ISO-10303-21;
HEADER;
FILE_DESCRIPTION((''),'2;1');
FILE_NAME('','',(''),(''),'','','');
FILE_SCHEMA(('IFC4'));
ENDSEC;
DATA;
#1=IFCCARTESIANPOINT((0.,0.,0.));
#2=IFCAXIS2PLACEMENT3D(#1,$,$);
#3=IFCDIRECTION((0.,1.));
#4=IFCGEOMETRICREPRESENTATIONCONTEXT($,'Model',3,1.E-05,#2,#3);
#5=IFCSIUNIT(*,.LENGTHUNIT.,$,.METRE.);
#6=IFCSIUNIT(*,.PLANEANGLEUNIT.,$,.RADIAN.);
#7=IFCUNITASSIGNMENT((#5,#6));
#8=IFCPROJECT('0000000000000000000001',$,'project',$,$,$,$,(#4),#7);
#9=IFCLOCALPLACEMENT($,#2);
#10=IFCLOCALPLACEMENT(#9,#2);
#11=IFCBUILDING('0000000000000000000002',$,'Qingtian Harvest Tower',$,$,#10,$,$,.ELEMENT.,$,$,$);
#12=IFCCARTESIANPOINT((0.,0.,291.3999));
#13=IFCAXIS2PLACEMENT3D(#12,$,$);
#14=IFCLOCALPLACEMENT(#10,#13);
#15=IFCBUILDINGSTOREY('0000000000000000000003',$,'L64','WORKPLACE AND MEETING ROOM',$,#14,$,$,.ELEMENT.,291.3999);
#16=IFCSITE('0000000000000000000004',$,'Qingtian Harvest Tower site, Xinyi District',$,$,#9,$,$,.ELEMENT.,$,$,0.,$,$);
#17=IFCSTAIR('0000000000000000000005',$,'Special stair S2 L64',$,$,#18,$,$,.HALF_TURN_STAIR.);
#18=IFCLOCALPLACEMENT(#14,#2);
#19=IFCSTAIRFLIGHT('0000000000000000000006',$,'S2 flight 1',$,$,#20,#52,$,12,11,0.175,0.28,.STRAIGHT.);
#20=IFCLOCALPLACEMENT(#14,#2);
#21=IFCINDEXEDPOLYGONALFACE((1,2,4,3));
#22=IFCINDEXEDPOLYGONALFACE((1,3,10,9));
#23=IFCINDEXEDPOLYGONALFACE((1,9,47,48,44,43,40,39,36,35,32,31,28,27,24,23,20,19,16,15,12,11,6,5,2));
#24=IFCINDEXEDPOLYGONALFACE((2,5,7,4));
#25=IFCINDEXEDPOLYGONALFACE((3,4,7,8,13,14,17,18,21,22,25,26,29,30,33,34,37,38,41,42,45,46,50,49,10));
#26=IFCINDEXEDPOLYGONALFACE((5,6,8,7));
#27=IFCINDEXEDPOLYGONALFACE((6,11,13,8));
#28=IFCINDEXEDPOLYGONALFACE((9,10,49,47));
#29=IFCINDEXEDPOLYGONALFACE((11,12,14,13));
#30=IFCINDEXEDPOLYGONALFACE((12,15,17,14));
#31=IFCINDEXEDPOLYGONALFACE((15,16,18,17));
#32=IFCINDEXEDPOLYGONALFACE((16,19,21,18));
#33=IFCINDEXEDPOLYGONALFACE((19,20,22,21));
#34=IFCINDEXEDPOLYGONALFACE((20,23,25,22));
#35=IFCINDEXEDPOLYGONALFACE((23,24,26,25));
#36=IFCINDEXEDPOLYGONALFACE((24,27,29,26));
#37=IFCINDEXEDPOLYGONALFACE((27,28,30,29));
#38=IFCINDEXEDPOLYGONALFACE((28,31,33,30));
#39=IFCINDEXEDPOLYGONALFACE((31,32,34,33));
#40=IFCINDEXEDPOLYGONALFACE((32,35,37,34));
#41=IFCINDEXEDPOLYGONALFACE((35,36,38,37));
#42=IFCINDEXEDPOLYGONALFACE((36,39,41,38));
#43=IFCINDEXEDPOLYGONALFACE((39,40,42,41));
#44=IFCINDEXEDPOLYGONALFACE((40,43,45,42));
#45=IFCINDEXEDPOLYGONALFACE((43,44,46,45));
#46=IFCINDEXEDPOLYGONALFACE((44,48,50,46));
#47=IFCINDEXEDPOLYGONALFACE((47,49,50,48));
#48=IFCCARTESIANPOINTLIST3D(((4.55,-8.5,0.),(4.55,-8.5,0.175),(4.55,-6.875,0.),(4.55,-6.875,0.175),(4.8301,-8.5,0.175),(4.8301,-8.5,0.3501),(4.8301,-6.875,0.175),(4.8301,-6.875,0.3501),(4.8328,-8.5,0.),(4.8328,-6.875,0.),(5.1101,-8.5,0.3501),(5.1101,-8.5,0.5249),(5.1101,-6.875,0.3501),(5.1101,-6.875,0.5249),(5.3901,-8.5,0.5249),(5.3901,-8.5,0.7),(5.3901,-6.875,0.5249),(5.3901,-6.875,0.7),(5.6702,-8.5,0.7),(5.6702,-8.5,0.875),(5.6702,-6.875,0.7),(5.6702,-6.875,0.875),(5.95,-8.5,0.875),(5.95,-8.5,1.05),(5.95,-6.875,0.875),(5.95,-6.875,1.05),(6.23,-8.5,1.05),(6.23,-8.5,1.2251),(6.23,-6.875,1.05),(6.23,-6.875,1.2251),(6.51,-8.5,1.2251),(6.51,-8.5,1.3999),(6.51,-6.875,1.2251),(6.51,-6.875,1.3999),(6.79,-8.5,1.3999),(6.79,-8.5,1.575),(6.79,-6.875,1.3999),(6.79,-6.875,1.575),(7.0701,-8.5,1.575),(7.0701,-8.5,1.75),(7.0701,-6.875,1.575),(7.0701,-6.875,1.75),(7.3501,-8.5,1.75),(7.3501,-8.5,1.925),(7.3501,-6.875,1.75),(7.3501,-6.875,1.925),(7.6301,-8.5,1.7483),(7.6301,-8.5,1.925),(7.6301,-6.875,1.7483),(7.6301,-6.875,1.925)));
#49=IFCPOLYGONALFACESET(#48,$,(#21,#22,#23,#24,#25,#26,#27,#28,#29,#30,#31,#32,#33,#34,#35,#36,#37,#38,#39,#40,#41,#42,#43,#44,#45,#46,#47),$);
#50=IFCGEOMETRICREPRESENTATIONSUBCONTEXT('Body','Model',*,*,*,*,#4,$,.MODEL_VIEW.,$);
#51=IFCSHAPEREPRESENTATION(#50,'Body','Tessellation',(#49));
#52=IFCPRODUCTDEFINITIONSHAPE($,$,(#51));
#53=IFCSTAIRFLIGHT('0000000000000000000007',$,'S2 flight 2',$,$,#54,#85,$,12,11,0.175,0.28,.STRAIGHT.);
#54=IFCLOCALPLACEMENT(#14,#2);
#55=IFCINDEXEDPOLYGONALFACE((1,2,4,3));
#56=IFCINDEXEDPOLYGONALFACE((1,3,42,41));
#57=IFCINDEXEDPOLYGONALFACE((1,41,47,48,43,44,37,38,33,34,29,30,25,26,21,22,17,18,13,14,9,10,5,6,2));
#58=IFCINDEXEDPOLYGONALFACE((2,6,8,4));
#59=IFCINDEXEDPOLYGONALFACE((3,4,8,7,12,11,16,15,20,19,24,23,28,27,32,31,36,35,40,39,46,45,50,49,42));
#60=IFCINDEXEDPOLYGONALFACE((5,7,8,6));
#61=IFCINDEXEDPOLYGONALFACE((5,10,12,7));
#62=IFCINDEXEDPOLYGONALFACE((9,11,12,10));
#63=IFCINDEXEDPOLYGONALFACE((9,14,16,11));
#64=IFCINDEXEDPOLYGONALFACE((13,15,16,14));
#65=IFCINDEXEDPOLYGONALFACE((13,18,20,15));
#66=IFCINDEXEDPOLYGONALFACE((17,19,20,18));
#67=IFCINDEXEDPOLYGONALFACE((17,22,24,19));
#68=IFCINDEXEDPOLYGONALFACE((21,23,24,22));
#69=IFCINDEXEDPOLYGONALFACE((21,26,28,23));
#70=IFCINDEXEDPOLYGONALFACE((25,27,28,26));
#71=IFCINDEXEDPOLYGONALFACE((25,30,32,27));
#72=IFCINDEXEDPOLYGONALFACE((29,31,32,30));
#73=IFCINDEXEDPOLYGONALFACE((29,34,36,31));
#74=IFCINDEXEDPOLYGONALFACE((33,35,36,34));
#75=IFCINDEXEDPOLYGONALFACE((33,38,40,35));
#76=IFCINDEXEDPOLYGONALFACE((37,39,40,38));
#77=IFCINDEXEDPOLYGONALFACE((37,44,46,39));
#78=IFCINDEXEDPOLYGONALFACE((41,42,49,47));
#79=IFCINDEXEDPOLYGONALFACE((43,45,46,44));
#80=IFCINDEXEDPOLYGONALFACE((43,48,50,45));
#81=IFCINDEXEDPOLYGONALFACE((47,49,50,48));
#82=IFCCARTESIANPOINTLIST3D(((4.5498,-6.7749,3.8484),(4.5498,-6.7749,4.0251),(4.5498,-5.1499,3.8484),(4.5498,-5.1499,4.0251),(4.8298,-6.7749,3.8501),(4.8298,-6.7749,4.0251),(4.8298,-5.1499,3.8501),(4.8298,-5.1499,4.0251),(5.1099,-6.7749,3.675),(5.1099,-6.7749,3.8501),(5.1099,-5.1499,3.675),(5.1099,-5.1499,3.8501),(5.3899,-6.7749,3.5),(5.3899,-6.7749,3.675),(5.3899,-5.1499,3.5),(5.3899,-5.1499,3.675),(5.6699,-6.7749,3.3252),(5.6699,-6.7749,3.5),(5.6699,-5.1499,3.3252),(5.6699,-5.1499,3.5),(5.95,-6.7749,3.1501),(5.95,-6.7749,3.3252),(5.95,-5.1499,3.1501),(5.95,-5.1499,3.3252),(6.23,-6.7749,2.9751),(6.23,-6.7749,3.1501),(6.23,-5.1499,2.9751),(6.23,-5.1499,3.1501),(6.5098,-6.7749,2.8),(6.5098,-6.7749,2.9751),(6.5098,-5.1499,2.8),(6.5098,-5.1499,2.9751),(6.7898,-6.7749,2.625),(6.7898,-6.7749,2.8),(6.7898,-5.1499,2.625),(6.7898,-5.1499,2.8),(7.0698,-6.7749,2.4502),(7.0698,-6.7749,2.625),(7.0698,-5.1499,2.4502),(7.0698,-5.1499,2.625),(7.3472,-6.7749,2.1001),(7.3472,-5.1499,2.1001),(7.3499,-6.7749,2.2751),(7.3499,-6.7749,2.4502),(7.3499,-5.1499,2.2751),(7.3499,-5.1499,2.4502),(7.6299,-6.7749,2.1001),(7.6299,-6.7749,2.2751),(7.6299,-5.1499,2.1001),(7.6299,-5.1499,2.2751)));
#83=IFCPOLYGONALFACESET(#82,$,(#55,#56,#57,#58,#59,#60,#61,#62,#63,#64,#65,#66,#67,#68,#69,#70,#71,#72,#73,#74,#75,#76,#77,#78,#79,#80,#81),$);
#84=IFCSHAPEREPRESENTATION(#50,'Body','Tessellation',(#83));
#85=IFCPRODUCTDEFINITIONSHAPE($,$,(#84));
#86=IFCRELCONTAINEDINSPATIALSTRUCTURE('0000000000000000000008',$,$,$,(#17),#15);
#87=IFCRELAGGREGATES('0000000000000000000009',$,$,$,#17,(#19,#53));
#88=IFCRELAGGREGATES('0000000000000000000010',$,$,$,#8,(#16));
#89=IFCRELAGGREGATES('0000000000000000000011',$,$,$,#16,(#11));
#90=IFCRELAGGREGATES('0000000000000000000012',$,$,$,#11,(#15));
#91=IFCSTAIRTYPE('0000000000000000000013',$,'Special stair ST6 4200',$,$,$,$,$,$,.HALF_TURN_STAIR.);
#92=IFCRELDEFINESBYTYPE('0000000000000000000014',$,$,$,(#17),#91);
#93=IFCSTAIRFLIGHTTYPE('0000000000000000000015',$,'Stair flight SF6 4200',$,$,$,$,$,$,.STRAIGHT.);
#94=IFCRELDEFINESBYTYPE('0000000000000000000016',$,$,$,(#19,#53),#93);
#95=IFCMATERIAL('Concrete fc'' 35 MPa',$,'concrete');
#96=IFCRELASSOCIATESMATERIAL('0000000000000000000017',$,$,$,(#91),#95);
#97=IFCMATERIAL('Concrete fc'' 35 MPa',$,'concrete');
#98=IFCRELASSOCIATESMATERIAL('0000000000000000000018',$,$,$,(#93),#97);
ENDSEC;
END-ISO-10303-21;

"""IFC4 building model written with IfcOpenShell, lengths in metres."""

from ifc_helpers import new_model, si_unit, direction, frame, origin, place, context, subcontext, project, spatial, polyline, outline, extrude, material, type_object, element, aggregate, save


model = new_model("IFC4")

# Units and contexts
model_context = context("Model", 3, precision=1e-05, world=origin(), true_north=direction((0.0, 1.0)))
body_context = subcontext(model_context, "Body", "Model", "MODEL_VIEW")
ifc_project = project(units=[si_unit("LENGTHUNIT", "METRE"), si_unit("PLANEANGLEUNIT", "RADIAN")], contexts=[model_context])

# Site, building, storey
site_placement = place(None, origin())
site = spatial("IfcSite", under=ifc_project, at=site_placement, Name="Qingtian Harvest Tower site, Xinyi District", CompositionType="ELEMENT", RefElevation=0.0)
building_placement = place(site_placement, origin())
building = spatial("IfcBuilding", under=site, at=building_placement, Name="Qingtian Harvest Tower", CompositionType="ELEMENT")
storey_placement = place(building_placement, frame((0.0, 0.0, 291.3999)))
storey = spatial("IfcBuildingStorey", under=building, at=storey_placement, Name="L64", Description="WORKPLACE AND MEETING ROOM", CompositionType="ELEMENT", Elevation=291.3999)

# Stair, stair flights
ifc_material_1 = material(Name="Concrete fc' 35 MPa", Category="concrete")
stair_type = type_object("IfcStairType", Name="Special stair ST6 4200", PredefinedType="HALF_TURN_STAIR", material=ifc_material_1)
stair_placement = place(storey_placement, origin())
stair = element("IfcStair", 1, at=stair_placement, inside=storey, type_object=stair_type, Name="Special stair S2 L64", PredefinedType="HALF_TURN_STAIR")
ifc_material_2 = material(Name="Concrete fc' 35 MPa", Category="concrete")
stair_flight_type = type_object("IfcStairFlightType", Name="Stair flight SF6 4200", PredefinedType="STRAIGHT", material=ifc_material_2)
stair_flight_1_placement = place(storey_placement, frame((4.55, -7.6875, 0.0), z_axis=(0.0, 0.0, 1.0), x_axis=(1.0, 0.0, 0.0)))
stair_flight_1 = element("IfcStairFlight", 2, at=stair_flight_1_placement, type_object=stair_flight_type, Name="S2 flight 1", NumberOfRisers=12, NumberOfTreads=11, PredefinedType="STRAIGHT", RiserHeight=0.175, TreadLength=0.28, context=body_context, shape_type="SweptSolid", body=[
    extrude(outline(polyline([(0.0, 0.0), (0.0, 0.175), (0.28, 0.175), (0.28, 0.3501), (0.5601, 0.3501), (0.5601, 0.5249), (0.8401, 0.5249), (0.8401, 0.7), (1.1201, 0.7), (1.1201, 0.875), (1.3999, 0.875), (1.3999, 1.05), (1.6799, 1.05), (1.6799, 1.2251), (1.96, 1.2251), (1.96, 1.3999), (2.24, 1.3999), (2.24, 1.575), (2.52, 1.575), (2.52, 1.75), (2.8, 1.75), (2.8, 1.925), (3.0801, 1.925), (3.0801, 2.1001), (3.0801, 1.7483), (0.2827, 0.0), (0.0, 0.0)])), frame((0.0, 0.8125, 0.0), z_axis=(0.0, -1.0, 0.0), x_axis=(1.0, 0.0, 0.0)), (0.0, 0.0, 1.0), 1.625),
])
stair_flight_2_placement = place(storey_placement, frame((7.6299, -5.9624, 2.1001), z_axis=(0.0, 0.0, 1.0), x_axis=(-1.0, 0.0, 0.0)))
stair_flight_2 = element("IfcStairFlight", 3, at=stair_flight_2_placement, type_object=stair_flight_type, Name="S2 flight 2", NumberOfRisers=12, NumberOfTreads=11, PredefinedType="STRAIGHT", RiserHeight=0.175, TreadLength=0.28, context=body_context, shape_type="SweptSolid", body=[
    extrude(outline(polyline([(0.0, 0.0), (0.0, 0.175), (0.28, 0.175), (0.28, 0.3501), (0.5601, 0.3501), (0.5601, 0.5249), (0.8401, 0.5249), (0.8401, 0.7), (1.1201, 0.7), (1.1201, 0.875), (1.3999, 0.875), (1.3999, 1.05), (1.6799, 1.05), (1.6799, 1.2251), (1.96, 1.2251), (1.96, 1.3999), (2.24, 1.3999), (2.24, 1.575), (2.52, 1.575), (2.52, 1.75), (2.8, 1.75), (2.8, 1.925), (3.0801, 1.925), (3.0801, 2.1001), (3.0801, 1.7483), (0.2827, 0.0), (0.0, 0.0)])), frame((0.0, 0.8125, 0.0), z_axis=(0.0, -1.0, 0.0), x_axis=(1.0, 0.0, 0.0)), (0.0, 0.0, 1.0), 1.625),
])
aggregate(stair, [stair_flight_1, stair_flight_2])

save(model, "model.ifc")
